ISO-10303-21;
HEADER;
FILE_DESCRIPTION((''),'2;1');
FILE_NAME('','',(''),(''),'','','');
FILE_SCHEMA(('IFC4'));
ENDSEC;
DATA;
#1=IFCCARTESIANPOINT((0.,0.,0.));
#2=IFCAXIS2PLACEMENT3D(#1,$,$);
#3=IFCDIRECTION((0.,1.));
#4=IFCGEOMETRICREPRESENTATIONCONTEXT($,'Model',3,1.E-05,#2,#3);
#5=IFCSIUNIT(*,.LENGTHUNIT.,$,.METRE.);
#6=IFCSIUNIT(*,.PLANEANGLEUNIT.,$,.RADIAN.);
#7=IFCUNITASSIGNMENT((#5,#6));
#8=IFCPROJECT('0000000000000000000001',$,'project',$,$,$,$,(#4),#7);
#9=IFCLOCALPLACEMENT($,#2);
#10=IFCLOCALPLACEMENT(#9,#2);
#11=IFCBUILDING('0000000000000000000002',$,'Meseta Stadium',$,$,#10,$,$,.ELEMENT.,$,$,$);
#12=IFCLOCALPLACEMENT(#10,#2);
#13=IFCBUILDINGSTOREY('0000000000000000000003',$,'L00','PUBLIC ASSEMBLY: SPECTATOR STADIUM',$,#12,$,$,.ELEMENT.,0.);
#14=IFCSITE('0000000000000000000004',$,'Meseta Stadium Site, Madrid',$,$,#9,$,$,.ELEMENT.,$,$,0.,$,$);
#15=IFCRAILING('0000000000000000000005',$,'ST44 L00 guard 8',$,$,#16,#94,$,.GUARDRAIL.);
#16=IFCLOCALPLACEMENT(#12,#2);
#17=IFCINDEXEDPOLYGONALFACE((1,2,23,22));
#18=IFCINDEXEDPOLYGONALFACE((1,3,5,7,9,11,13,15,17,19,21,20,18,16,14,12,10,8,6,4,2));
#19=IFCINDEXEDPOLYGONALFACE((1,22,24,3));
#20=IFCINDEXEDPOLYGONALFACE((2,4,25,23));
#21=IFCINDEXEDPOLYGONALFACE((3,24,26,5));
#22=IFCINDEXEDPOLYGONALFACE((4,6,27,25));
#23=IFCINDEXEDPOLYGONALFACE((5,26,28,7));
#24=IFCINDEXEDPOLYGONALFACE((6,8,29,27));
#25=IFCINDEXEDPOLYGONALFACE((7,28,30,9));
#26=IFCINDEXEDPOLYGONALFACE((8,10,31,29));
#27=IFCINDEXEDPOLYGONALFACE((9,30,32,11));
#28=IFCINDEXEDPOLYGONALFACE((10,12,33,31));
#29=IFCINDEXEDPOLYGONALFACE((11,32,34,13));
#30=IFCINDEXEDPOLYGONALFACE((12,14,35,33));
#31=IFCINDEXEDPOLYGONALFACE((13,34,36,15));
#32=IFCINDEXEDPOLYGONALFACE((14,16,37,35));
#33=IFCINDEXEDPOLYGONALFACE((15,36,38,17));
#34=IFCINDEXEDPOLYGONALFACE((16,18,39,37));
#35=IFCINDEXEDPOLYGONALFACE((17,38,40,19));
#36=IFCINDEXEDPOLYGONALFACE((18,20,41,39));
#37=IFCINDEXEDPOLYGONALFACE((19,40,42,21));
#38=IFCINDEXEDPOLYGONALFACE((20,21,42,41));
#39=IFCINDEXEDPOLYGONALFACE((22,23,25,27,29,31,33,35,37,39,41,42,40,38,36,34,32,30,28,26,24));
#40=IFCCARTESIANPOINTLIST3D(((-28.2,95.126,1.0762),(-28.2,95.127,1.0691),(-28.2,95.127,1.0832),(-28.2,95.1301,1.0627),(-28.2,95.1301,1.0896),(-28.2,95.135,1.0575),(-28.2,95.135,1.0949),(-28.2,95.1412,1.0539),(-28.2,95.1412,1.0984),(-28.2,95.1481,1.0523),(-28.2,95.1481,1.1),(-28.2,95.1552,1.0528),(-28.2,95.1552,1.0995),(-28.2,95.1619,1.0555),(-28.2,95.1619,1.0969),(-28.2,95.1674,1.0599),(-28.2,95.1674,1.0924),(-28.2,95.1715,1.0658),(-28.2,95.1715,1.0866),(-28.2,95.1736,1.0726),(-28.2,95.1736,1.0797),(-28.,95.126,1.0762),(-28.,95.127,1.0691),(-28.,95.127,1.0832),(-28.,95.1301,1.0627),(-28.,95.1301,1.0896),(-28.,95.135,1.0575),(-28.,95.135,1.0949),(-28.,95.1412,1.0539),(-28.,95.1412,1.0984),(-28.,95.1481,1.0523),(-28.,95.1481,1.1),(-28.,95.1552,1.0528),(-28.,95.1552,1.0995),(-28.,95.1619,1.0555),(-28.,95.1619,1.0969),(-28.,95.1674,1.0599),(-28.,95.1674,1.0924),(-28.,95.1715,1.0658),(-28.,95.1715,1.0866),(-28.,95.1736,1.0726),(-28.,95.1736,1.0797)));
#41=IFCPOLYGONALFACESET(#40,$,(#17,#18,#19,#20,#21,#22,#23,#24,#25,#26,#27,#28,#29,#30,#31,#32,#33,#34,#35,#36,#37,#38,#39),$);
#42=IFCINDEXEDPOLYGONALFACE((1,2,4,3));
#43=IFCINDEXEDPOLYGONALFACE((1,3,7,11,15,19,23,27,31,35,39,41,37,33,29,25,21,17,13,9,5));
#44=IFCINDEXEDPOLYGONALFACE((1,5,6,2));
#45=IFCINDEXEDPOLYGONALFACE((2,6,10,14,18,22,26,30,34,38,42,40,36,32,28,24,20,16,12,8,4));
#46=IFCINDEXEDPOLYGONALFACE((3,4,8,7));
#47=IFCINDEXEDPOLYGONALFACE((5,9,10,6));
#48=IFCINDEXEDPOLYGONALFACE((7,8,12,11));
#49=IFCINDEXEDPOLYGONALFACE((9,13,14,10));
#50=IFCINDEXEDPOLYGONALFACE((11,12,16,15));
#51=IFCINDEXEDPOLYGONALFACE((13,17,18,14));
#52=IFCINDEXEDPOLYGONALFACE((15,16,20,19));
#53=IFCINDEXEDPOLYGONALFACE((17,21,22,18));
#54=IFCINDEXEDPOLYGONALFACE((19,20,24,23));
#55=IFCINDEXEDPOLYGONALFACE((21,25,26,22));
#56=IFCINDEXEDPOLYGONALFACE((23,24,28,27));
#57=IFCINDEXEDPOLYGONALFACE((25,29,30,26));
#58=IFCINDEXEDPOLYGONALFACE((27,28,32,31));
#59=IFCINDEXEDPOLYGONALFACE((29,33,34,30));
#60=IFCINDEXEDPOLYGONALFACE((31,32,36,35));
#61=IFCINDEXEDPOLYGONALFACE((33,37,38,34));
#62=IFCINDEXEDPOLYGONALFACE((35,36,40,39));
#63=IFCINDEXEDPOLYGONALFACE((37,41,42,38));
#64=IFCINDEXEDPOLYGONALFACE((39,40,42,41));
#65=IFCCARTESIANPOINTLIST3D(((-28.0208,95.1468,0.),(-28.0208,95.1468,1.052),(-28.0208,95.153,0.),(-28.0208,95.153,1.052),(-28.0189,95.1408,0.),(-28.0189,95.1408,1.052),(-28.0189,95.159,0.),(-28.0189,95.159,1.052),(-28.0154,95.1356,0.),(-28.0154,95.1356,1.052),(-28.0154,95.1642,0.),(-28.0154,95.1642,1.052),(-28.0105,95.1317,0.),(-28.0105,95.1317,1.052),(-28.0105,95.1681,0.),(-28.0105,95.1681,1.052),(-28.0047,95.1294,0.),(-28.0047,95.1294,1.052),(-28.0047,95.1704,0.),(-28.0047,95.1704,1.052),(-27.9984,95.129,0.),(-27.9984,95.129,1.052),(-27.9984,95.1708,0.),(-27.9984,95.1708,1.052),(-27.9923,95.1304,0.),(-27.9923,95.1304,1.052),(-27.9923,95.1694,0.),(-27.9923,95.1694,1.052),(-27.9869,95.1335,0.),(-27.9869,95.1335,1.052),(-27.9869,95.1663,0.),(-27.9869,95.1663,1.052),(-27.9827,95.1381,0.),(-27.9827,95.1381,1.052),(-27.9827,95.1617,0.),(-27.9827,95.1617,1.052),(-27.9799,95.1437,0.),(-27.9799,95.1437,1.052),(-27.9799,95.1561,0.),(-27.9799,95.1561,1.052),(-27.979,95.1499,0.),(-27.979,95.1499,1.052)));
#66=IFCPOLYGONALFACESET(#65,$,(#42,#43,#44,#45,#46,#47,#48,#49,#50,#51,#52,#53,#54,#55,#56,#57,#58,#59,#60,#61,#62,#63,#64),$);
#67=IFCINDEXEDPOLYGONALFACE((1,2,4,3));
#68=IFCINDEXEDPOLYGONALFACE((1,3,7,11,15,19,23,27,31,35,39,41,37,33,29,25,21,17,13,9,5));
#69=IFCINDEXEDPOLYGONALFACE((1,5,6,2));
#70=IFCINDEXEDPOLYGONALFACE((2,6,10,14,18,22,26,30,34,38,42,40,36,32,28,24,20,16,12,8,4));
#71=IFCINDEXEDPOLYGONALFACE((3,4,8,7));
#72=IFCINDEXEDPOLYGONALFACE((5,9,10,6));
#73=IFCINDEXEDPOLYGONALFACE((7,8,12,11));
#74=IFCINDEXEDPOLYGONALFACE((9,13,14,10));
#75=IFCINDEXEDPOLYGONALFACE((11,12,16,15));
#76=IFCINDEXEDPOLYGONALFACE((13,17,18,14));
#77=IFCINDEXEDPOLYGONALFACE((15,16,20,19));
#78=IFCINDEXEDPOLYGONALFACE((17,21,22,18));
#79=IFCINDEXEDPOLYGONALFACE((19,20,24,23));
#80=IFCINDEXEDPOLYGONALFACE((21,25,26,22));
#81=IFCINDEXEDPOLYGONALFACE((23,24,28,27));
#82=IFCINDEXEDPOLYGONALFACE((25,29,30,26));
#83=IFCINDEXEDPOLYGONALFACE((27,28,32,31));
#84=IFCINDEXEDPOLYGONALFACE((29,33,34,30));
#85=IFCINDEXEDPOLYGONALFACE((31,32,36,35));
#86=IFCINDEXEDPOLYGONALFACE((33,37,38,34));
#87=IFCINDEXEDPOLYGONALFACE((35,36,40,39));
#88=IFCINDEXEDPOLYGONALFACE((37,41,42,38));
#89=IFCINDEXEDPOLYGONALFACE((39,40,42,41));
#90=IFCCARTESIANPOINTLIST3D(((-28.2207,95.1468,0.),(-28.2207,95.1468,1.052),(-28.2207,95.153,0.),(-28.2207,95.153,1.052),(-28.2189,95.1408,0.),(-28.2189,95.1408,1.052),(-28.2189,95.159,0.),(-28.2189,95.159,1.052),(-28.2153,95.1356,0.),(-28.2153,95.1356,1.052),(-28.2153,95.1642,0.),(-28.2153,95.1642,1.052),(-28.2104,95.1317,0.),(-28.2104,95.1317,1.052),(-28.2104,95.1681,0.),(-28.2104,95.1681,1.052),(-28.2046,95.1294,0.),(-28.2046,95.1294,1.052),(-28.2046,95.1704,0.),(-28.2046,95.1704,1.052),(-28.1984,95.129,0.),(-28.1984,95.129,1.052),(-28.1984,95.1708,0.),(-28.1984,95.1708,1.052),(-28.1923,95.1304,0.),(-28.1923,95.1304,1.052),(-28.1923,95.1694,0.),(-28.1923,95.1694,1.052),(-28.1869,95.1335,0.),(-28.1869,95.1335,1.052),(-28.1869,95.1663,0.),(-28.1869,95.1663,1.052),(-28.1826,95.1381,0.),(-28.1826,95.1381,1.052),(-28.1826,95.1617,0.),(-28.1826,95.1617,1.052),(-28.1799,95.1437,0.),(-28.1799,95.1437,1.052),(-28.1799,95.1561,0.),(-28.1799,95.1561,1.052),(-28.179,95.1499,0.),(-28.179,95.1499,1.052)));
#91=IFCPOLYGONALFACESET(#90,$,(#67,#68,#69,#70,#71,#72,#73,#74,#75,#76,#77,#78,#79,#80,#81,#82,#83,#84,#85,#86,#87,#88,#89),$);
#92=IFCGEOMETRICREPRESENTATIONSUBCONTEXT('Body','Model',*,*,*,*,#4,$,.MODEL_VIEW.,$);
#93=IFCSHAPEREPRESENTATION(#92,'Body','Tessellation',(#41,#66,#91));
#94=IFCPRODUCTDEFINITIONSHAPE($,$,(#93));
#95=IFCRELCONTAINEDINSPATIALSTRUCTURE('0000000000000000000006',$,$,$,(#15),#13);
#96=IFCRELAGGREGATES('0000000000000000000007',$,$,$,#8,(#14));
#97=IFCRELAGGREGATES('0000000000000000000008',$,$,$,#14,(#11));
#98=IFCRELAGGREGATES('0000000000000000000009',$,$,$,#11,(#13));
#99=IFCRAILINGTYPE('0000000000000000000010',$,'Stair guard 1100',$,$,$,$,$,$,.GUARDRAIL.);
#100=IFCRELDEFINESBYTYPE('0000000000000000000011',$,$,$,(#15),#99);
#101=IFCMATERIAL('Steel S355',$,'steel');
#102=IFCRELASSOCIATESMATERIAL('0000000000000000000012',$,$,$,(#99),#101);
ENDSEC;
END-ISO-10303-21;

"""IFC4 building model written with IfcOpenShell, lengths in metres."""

from ifc_helpers import new_model, si_unit, direction, frame, origin, origin_2d, place, context, subcontext, project, spatial, circle, extrude, material, type_object, element, save


model = new_model("IFC4")

# Units and contexts
model_context = context("Model", 3, precision=1e-05, world=origin(), true_north=direction((0.0, 1.0)))
body_context = subcontext(model_context, "Body", "Model", "MODEL_VIEW")
ifc_project = project(units=[si_unit("LENGTHUNIT", "METRE"), si_unit("PLANEANGLEUNIT", "RADIAN")], contexts=[model_context])

# Site, building, storey
site_placement = place(None, origin())
site = spatial("IfcSite", under=ifc_project, at=site_placement, Name="Meseta Stadium Site, Madrid", CompositionType="ELEMENT", RefElevation=0.0)
building_placement = place(site_placement, origin())
building = spatial("IfcBuilding", under=site, at=building_placement, Name="Meseta Stadium", CompositionType="ELEMENT")
storey_placement = place(building_placement, origin())
storey = spatial("IfcBuildingStorey", under=building, at=storey_placement, Name="L00", Description="PUBLIC ASSEMBLY: SPECTATOR STADIUM", CompositionType="ELEMENT", Elevation=0.0)

# Railing
ifc_material_1 = material(Name="Steel S355", Category="steel")
railing_type_1 = type_object("IfcRailingType", Name="Stair guard 1100", PredefinedType="GUARDRAIL", material=ifc_material_1)
railing_1_placement = place(storey_placement, frame((-28.0, 95.1499, 0.0)))
element("IfcRailing", 1, at=railing_1_placement, inside=storey, type_object=railing_type_1, Name="ST44 L00 guard 8", PredefinedType="GUARDRAIL", context=body_context, shape_type="SweptSolid", body=[
    extrude(circle(Radius=0.0239, at=origin_2d()), frame((0.0, 0.0, 1.0762), z_axis=(-1.0, 0.0, 0.0), x_axis=(0.0, -1.0, 0.0)), (0.0, 0.0, 1.0), 0.2),
    extrude(circle(Radius=0.021, at=origin_2d()), origin(), (0.0, 0.0, 1.0), 1.052),
    extrude(circle(Radius=0.021, at=origin_2d()), frame((-0.2, 0.0, 0.0)), (0.0, 0.0, 1.0), 1.052),
])

save(model, "model.ifc")
